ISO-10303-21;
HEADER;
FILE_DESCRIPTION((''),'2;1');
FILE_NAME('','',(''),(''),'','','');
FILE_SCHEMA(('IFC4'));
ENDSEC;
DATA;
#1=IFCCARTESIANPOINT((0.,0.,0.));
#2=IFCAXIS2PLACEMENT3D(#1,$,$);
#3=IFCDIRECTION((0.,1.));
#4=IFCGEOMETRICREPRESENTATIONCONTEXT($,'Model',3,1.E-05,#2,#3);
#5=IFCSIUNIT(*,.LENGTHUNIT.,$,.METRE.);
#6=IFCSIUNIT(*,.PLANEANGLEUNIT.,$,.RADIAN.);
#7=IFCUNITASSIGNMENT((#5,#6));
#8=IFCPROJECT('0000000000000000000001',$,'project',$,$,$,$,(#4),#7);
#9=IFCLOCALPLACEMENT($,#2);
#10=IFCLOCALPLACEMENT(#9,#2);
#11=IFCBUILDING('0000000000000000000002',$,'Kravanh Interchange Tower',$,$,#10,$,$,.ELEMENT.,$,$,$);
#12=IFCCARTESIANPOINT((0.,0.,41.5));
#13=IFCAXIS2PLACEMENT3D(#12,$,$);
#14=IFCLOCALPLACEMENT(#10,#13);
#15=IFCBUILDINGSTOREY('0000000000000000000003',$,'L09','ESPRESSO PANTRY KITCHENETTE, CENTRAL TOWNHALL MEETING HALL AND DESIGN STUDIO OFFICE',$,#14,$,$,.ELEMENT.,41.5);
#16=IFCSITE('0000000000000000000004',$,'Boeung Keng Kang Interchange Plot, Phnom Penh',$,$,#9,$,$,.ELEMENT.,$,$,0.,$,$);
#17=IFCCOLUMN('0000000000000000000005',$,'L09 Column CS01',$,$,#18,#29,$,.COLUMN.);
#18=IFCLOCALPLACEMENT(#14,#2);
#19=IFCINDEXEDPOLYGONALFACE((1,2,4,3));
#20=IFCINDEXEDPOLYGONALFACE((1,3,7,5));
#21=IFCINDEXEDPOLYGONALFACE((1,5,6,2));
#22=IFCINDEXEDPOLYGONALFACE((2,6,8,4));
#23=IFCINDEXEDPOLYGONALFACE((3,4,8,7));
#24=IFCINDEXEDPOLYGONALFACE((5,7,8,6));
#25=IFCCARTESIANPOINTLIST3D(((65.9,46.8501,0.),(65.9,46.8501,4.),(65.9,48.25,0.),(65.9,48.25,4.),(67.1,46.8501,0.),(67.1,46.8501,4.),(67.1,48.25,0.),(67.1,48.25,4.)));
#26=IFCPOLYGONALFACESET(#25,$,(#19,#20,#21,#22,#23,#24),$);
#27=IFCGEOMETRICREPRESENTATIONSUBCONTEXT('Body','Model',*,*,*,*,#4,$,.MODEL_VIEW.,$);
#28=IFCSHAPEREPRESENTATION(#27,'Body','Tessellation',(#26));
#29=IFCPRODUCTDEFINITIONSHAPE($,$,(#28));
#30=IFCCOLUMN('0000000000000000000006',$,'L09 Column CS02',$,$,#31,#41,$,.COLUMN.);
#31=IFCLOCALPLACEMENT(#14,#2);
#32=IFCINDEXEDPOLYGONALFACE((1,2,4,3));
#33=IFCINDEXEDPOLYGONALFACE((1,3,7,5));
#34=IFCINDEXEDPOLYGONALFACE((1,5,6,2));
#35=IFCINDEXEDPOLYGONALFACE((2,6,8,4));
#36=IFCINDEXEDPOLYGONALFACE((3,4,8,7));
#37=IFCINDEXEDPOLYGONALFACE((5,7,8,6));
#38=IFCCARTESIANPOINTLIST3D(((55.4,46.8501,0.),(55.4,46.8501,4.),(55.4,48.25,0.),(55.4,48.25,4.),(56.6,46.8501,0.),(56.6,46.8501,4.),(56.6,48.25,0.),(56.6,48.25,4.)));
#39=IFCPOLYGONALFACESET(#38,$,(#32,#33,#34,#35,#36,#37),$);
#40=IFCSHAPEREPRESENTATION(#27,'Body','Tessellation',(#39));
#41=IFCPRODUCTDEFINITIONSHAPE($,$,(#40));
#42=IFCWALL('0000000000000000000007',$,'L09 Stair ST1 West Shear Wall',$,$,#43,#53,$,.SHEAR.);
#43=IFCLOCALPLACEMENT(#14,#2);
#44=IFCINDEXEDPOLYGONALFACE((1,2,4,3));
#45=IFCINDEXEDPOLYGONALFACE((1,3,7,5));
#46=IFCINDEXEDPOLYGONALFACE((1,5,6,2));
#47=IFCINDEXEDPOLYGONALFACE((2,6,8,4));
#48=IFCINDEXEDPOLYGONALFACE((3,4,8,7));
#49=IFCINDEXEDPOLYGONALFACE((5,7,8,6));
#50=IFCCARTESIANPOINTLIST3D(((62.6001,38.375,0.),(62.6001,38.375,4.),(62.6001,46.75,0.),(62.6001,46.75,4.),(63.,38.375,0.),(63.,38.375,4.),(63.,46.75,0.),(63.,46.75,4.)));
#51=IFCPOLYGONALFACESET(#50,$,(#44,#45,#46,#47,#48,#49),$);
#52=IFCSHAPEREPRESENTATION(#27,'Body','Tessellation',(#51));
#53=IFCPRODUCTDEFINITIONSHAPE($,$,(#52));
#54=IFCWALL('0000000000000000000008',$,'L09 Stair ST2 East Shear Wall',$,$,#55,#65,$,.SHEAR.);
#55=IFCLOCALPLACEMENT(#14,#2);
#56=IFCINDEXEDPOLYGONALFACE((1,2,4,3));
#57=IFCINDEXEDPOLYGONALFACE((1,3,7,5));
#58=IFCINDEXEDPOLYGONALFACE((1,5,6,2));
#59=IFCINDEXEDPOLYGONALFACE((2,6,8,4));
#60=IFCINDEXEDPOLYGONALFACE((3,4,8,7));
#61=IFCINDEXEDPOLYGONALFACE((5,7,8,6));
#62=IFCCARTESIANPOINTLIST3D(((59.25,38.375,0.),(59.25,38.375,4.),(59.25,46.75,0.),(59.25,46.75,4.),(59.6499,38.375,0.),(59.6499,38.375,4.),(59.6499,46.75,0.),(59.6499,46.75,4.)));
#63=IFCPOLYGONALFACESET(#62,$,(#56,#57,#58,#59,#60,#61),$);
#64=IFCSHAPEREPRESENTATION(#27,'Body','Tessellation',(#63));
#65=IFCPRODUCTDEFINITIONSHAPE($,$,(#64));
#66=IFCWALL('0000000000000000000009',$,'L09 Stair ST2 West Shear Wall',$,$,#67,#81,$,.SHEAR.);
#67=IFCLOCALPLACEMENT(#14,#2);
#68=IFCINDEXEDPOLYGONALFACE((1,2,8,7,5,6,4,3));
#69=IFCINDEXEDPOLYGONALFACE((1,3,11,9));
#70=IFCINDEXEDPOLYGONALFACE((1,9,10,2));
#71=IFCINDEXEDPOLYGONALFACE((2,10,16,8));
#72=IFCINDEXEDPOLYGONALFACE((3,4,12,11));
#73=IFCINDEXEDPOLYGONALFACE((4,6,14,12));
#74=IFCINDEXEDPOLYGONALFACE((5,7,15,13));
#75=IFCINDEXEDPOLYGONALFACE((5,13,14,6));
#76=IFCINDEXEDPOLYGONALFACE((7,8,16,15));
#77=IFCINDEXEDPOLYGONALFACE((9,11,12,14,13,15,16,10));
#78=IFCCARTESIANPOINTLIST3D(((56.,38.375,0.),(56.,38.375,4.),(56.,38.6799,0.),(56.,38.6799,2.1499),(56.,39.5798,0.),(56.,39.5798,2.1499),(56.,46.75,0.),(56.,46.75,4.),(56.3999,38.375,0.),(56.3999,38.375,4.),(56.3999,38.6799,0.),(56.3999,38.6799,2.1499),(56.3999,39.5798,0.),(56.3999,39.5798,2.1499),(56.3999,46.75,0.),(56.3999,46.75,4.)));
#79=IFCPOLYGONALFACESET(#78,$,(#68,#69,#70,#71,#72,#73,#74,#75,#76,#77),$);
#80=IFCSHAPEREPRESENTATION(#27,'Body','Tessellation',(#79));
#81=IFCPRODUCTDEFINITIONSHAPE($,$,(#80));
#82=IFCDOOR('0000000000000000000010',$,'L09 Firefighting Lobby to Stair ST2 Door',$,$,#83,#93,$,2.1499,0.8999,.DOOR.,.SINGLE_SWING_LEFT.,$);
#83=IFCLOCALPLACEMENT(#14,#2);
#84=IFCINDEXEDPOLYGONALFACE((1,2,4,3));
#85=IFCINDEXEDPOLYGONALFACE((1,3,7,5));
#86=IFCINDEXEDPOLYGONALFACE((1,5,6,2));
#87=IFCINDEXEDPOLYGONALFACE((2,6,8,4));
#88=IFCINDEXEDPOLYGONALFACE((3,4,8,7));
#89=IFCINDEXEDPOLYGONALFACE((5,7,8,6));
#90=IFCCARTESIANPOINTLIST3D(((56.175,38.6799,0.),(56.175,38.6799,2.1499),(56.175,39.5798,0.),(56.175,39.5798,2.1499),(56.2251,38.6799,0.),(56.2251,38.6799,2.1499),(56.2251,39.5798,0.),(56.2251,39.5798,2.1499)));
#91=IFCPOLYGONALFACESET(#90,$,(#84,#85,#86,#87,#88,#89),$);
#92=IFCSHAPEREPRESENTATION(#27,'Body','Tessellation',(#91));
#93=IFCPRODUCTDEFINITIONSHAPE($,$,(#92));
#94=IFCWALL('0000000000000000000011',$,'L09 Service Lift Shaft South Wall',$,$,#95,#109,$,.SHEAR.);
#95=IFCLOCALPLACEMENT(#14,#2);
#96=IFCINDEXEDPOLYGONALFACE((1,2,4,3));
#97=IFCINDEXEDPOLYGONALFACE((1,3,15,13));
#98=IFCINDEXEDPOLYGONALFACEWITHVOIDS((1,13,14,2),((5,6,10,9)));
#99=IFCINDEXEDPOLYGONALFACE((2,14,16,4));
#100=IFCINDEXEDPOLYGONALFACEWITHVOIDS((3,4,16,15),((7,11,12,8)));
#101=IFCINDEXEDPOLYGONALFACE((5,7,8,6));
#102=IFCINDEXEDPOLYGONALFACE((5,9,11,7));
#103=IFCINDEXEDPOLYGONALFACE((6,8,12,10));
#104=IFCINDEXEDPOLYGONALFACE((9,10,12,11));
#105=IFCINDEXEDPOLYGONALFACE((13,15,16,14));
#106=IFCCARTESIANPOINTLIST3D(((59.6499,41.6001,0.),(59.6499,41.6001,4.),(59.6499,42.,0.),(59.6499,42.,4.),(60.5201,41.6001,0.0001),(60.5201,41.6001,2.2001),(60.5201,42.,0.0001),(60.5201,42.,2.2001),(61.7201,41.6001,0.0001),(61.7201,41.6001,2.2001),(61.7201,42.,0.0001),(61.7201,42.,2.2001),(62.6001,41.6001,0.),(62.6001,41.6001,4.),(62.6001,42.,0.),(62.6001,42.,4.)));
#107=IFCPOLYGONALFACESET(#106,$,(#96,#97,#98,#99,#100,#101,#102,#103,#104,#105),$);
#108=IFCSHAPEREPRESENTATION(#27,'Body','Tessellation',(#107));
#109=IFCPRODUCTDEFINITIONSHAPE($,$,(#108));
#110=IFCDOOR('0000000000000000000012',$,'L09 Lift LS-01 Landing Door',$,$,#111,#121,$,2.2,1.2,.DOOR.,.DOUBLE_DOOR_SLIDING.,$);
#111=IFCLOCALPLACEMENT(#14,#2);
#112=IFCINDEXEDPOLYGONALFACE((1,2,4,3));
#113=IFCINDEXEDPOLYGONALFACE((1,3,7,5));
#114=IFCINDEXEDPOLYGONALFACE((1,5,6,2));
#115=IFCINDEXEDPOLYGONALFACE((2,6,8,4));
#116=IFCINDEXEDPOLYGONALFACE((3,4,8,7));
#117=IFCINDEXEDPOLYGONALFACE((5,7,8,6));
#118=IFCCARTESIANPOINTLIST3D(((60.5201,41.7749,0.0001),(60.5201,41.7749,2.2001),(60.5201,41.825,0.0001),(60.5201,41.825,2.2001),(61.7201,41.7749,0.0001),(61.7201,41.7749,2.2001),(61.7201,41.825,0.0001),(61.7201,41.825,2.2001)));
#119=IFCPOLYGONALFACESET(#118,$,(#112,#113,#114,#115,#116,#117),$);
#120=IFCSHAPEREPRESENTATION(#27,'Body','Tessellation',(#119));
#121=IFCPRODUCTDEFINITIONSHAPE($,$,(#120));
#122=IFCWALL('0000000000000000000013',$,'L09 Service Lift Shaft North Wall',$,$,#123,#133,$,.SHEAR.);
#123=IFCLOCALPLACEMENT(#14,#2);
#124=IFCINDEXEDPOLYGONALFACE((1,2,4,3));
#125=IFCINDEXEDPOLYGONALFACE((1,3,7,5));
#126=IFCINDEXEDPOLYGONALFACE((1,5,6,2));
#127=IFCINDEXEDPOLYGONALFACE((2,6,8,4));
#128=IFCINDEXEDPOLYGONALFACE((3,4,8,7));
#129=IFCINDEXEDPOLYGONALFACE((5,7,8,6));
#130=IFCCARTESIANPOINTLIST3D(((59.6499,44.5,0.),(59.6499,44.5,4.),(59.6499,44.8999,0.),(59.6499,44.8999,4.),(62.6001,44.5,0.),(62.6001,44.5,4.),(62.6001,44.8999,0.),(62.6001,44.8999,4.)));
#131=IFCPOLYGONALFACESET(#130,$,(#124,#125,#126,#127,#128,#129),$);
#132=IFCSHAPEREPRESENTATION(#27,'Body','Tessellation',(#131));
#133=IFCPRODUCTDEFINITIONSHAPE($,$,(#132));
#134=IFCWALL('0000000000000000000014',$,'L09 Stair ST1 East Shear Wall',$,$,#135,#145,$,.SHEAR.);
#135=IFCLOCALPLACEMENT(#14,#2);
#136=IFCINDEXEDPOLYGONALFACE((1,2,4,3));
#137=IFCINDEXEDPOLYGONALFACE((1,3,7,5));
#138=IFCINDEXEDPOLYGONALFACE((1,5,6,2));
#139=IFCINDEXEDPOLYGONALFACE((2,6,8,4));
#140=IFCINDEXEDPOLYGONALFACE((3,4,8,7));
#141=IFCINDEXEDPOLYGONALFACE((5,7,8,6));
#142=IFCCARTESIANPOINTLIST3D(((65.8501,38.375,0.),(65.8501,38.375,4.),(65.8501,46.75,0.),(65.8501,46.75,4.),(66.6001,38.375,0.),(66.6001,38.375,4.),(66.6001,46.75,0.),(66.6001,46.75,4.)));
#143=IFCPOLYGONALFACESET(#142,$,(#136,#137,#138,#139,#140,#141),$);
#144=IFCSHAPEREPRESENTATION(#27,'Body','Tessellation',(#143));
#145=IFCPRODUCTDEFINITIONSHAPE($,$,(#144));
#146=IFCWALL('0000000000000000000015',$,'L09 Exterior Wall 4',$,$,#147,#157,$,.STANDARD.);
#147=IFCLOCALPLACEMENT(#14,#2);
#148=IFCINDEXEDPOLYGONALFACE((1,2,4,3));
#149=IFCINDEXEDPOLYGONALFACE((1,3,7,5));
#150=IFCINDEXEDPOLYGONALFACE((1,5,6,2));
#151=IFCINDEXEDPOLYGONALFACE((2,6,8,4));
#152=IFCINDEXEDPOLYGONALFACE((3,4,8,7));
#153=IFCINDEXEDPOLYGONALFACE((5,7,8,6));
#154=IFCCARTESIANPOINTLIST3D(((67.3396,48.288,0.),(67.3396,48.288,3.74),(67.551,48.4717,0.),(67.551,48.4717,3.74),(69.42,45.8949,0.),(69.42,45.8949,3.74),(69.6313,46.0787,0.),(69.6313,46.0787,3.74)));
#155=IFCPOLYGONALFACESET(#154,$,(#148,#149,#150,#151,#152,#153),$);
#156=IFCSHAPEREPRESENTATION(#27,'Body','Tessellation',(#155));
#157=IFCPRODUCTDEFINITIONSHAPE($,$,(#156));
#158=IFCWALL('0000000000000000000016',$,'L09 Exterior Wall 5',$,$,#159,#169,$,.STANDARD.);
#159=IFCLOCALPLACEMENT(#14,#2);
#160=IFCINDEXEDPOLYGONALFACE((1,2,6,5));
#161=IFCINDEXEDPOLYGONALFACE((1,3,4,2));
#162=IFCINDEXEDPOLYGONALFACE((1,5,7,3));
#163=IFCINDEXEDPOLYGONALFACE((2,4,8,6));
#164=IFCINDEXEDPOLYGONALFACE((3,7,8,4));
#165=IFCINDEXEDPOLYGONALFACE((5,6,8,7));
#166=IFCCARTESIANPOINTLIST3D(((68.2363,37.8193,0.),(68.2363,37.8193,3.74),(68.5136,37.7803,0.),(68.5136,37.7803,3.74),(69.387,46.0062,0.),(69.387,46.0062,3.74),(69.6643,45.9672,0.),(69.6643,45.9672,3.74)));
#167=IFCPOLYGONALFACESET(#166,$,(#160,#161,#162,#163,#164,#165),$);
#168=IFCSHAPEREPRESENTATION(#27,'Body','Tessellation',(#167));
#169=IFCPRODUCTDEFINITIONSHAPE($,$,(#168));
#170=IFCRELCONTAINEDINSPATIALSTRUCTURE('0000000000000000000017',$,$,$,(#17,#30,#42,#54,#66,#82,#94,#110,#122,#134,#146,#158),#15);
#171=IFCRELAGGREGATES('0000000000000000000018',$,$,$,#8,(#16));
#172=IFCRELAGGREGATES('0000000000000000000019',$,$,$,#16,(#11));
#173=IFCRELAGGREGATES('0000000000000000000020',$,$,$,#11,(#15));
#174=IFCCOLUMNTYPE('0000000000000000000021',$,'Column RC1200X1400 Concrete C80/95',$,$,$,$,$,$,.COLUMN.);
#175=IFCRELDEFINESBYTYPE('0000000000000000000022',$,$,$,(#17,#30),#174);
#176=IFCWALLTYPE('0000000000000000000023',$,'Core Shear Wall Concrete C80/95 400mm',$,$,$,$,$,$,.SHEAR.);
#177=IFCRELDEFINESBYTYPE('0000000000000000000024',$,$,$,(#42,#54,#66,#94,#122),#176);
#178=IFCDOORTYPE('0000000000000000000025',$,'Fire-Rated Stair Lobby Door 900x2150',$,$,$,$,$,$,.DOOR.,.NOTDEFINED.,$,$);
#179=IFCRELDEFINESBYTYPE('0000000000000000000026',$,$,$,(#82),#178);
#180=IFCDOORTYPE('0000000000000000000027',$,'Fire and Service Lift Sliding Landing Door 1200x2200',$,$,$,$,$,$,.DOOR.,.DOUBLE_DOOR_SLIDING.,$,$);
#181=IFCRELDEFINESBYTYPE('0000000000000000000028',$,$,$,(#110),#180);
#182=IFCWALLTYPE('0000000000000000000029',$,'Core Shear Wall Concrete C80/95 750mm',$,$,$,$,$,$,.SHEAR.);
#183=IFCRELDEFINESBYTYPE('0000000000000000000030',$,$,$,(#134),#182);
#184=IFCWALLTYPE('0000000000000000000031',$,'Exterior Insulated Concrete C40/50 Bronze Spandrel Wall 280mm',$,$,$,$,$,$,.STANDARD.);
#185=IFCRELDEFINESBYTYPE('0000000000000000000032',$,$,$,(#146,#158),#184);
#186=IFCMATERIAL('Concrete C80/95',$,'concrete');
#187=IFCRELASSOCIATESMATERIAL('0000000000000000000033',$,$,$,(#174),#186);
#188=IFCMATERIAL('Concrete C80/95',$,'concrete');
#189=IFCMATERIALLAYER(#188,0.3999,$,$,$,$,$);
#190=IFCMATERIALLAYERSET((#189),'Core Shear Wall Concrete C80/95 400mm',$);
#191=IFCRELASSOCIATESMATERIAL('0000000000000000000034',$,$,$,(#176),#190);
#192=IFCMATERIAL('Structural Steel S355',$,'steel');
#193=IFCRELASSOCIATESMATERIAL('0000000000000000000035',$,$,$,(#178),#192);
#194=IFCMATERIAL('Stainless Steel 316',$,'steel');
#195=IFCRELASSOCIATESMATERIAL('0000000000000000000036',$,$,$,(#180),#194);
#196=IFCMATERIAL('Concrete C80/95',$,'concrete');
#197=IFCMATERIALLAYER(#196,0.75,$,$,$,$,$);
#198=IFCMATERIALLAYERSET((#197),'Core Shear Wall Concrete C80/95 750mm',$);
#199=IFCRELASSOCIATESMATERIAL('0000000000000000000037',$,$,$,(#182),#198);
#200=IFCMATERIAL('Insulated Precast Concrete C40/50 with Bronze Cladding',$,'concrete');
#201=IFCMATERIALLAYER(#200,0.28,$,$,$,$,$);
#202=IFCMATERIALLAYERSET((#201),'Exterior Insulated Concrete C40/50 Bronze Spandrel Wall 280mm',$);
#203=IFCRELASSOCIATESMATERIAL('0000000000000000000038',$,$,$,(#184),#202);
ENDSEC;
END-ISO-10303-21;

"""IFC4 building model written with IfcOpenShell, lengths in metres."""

from ifc_helpers import new_model, si_unit, direction, frame, frame_2d, origin, origin_2d, place, context, subcontext, project, spatial, rectangle, extrude, material, layer, layer_set, material_profile, profile_set, type_object, element, fill, save


model = new_model("IFC4")

# Units and contexts
model_context = context("Model", 3, precision=1e-05, world=origin(), true_north=direction((0.0, 1.0)))
body_context = subcontext(model_context, "Body", "Model", "MODEL_VIEW")
ifc_project = project(units=[si_unit("LENGTHUNIT", "METRE"), si_unit("PLANEANGLEUNIT", "RADIAN")], contexts=[model_context])

# Site, building, storey
site_placement = place(None, origin())
site = spatial("IfcSite", under=ifc_project, at=site_placement, Name="Boeung Keng Kang Interchange Plot, Phnom Penh", CompositionType="ELEMENT", RefElevation=0.0)
building_placement = place(site_placement, origin())
building = spatial("IfcBuilding", under=site, at=building_placement, Name="Kravanh Interchange Tower", CompositionType="ELEMENT")
storey_placement = place(building_placement, frame((0.0, 0.0, 41.5)))
storey = spatial("IfcBuildingStorey", under=building, at=storey_placement, Name="L09", Description="ESPRESSO PANTRY KITCHENETTE, CENTRAL TOWNHALL MEETING HALL AND DESIGN STUDIO OFFICE", CompositionType="ELEMENT", Elevation=41.5)

# Columns
ifc_material_1 = material(Name="Concrete C80/95", Category="concrete")
ifc_material_profile = material_profile(ifc_material_1, rectangle(XDim=1.2, YDim=1.3999, at=origin_2d()), Name="RC1200X1400")
ifc_profile_set = profile_set([ifc_material_profile], Name="Concrete C80/95")
column_type = type_object("IfcColumnType", Name="Column RC1200X1400 Concrete C80/95", PredefinedType="COLUMN", material=ifc_profile_set)
for number, where, z_axis, x_axis, name in (
    (1, (66.5, 47.55, 0.0), (0.0, 0.0, 1.0), (1.0, 0.0, 0.0), "L09 Column CS01"),
    (2, (56.0, 47.55, 0.0), (0.0, 0.0, 1.0), (1.0, 0.0, 0.0), "L09 Column CS02"),
):
    element("IfcColumn", number, at=place(storey_placement, frame(where, z_axis=z_axis, x_axis=x_axis)), inside=storey, type_object=column_type, Name=name, PredefinedType="COLUMN", context=body_context, shape_type="SweptSolid", body=[
        extrude(rectangle(XDim=1.2, YDim=1.3999, at=origin_2d()), origin(), (0.0, 0.0, 1.0), 4.0),
    ])

# Walls
ifc_material_2 = material(Name="Concrete C80/95", Category="concrete")
ifc_layer_1 = layer(ifc_material_2, 0.3999)
ifc_layer_set_1 = layer_set([ifc_layer_1], Name="Core Shear Wall Concrete C80/95 400mm")
wall_type_1 = type_object("IfcWallType", Name="Core Shear Wall Concrete C80/95 400mm", PredefinedType="SHEAR", material=ifc_layer_set_1)
for number, where, z_axis, x_axis, name in (
    (3, (62.8, 38.375, 0.0), (0.0, 0.0, 1.0), (0.0, 1.0, 0.0), "L09 Stair ST1 West Shear Wall"),
    (4, (59.45, 38.375, 0.0), (0.0, 0.0, 1.0), (0.0, 1.0, 0.0), "L09 Stair ST2 East Shear Wall"),
):
    element("IfcWall", number, at=place(storey_placement, frame(where, z_axis=z_axis, x_axis=x_axis)), inside=storey, type_object=wall_type_1, Name=name, PredefinedType="SHEAR", context=body_context, shape_type="SweptSolid", body=[
        extrude(rectangle(XDim=8.375, YDim=0.3999, at=frame_2d((4.1875, 0.0))), origin(), (0.0, 0.0, 1.0), 4.0),
    ])

# Walls, openings, doors
wall_1_placement = place(storey_placement, frame((56.2, 38.375, 0.0), z_axis=(0.0, 0.0, 1.0), x_axis=(0.0, 1.0, 0.0)))
wall_1 = element("IfcWall", 5, at=wall_1_placement, inside=storey, type_object=wall_type_1, Name="L09 Stair ST2 West Shear Wall", PredefinedType="SHEAR", context=body_context, shape_type="SweptSolid", body=[
    extrude(rectangle(XDim=8.375, YDim=0.3999, at=frame_2d((4.1875, 0.0))), origin(), (0.0, 0.0, 1.0), 4.0),
])
opening_1_placement = place(wall_1_placement, frame((0.3049, 0.0, 0.0)))
opening_1 = element("IfcOpeningElement", 6, at=opening_1_placement, cuts=wall_1, PredefinedType="OPENING", context=body_context, shape_type="SweptSolid", body=[
    extrude(rectangle(XDim=0.8999, YDim=2.1499, at=frame_2d((0.45, 1.075))), frame((0.0, 0.21, 0.0), z_axis=(0.0, -1.0, 0.0), x_axis=(1.0, 0.0, 0.0)), (0.0, 0.0, 1.0), 0.4199),
])
ifc_material_3 = material(Name="Structural Steel S355", Category="steel")
door_type_1 = type_object("IfcDoorType", Name="Fire-Rated Stair Lobby Door 900x2150", OperationType="NOTDEFINED", PredefinedType="DOOR", material=ifc_material_3)
door_1_placement = place(opening_1_placement, origin())
door_1 = element("IfcDoor", 7, at=door_1_placement, inside=storey, type_object=door_type_1, Name="L09 Firefighting Lobby to Stair ST2 Door", OperationType="SINGLE_SWING_LEFT", OverallHeight=2.1499, OverallWidth=0.8999, PredefinedType="DOOR", context=body_context, shape_type="SweptSolid", body=[
    extrude(rectangle(XDim=0.8999, YDim=2.1499, at=frame_2d((0.45, 1.075))), frame((0.0, 0.0249, 0.0), z_axis=(0.0, -1.0, 0.0), x_axis=(1.0, 0.0, 0.0)), (0.0, 0.0, 1.0), 0.05),
])
fill(opening_1, door_1)
wall_2_placement = place(storey_placement, frame((59.6499, 41.8, 0.0), z_axis=(0.0, 0.0, 1.0), x_axis=(1.0, 0.0, 0.0)))
wall_2 = element("IfcWall", 8, at=wall_2_placement, inside=storey, type_object=wall_type_1, Name="L09 Service Lift Shaft South Wall", PredefinedType="SHEAR", context=body_context, shape_type="SweptSolid", body=[
    extrude(rectangle(XDim=2.9502, YDim=0.3999, at=frame_2d((1.4751, 0.0))), origin(), (0.0, 0.0, 1.0), 4.0),
])
opening_2_placement = place(wall_2_placement, frame((0.8701, 0.0, 0.0)))
opening_2 = element("IfcOpeningElement", 9, at=opening_2_placement, cuts=wall_2, PredefinedType="OPENING", context=body_context, shape_type="SweptSolid", body=[
    extrude(rectangle(XDim=1.2, YDim=2.2, at=frame_2d((0.6001, 1.1001))), frame((0.0, 0.21, 0.0), z_axis=(0.0, -1.0, 0.0), x_axis=(1.0, 0.0, 0.0)), (0.0, 0.0, 1.0), 0.4199),
])
ifc_material_4 = material(Name="Stainless Steel 316", Category="steel")
door_type_2 = type_object("IfcDoorType", Name="Fire and Service Lift Sliding Landing Door 1200x2200", OperationType="DOUBLE_DOOR_SLIDING", PredefinedType="DOOR", material=ifc_material_4)
door_2_placement = place(opening_2_placement, origin())
door_2 = element("IfcDoor", 10, at=door_2_placement, inside=storey, type_object=door_type_2, Name="L09 Lift LS-01 Landing Door", OperationType="DOUBLE_DOOR_SLIDING", OverallHeight=2.2, OverallWidth=1.2, PredefinedType="DOOR", context=body_context, shape_type="SweptSolid", body=[
    extrude(rectangle(XDim=1.2, YDim=2.2, at=frame_2d((0.6001, 1.1001))), frame((0.0, 0.0249, 0.0), z_axis=(0.0, -1.0, 0.0), x_axis=(1.0, 0.0, 0.0)), (0.0, 0.0, 1.0), 0.05),
])
fill(opening_2, door_2)

# Walls
wall_3_placement = place(storey_placement, frame((59.6499, 44.7, 0.0), z_axis=(0.0, 0.0, 1.0), x_axis=(1.0, 0.0, 0.0)))
element("IfcWall", 11, at=wall_3_placement, inside=storey, type_object=wall_type_1, Name="L09 Service Lift Shaft North Wall", PredefinedType="SHEAR", context=body_context, shape_type="SweptSolid", body=[
    extrude(rectangle(XDim=2.9502, YDim=0.3999, at=frame_2d((1.4751, 0.0))), origin(), (0.0, 0.0, 1.0), 4.0),
])
ifc_material_5 = material(Name="Concrete C80/95", Category="concrete")
ifc_layer_2 = layer(ifc_material_5, 0.75)
ifc_layer_set_2 = layer_set([ifc_layer_2], Name="Core Shear Wall Concrete C80/95 750mm")
wall_type_2 = type_object("IfcWallType", Name="Core Shear Wall Concrete C80/95 750mm", PredefinedType="SHEAR", material=ifc_layer_set_2)
wall_4_placement = place(storey_placement, frame((66.2251, 38.375, 0.0), z_axis=(0.0, 0.0, 1.0), x_axis=(0.0, 1.0, 0.0)))
element("IfcWall", 12, at=wall_4_placement, inside=storey, type_object=wall_type_2, Name="L09 Stair ST1 East Shear Wall", PredefinedType="SHEAR", context=body_context, shape_type="SweptSolid", body=[
    extrude(rectangle(XDim=8.375, YDim=0.75, at=frame_2d((4.1875, 0.0))), origin(), (0.0, 0.0, 1.0), 4.0),
])
ifc_material_6 = material(Name="Insulated Precast Concrete C40/50 with Bronze Cladding", Category="concrete")
ifc_layer_3 = layer(ifc_material_6, 0.28)
ifc_layer_set_3 = layer_set([ifc_layer_3], Name="Exterior Insulated Concrete C40/50 Bronze Spandrel Wall 280mm")
wall_type_3 = type_object("IfcWallType", Name="Exterior Insulated Concrete C40/50 Bronze Spandrel Wall 280mm", PredefinedType="STANDARD", material=ifc_layer_set_3)
wall_5_placement = place(storey_placement, frame((67.4453, 48.3799, 0.0), z_axis=(0.0, 0.0, 1.0), x_axis=(0.65607, -0.7547, 0.0)))
element("IfcWall", 13, at=wall_5_placement, inside=storey, type_object=wall_type_3, Name="L09 Exterior Wall 4", PredefinedType="STANDARD", context=body_context, shape_type="SweptSolid", body=[
    extrude(rectangle(XDim=3.1709, YDim=0.28, at=frame_2d((1.5854, 0.0))), origin(), (0.0, 0.0, 1.0), 3.74),
])
wall_6_placement = place(storey_placement, frame((69.5256, 45.9868, 0.0), z_axis=(0.0, 0.0, 1.0), x_axis=(-0.13918, -0.990267, 0.0)))
element("IfcWall", 14, at=wall_6_placement, inside=storey, type_object=wall_type_3, Name="L09 Exterior Wall 5", PredefinedType="STANDARD", context=body_context, shape_type="SweptSolid", body=[
    extrude(rectangle(XDim=8.2673, YDim=0.28, at=frame_2d((4.1338, 0.0))), origin(), (0.0, 0.0, 1.0), 3.74),
])

save(model, "model.ifc")
